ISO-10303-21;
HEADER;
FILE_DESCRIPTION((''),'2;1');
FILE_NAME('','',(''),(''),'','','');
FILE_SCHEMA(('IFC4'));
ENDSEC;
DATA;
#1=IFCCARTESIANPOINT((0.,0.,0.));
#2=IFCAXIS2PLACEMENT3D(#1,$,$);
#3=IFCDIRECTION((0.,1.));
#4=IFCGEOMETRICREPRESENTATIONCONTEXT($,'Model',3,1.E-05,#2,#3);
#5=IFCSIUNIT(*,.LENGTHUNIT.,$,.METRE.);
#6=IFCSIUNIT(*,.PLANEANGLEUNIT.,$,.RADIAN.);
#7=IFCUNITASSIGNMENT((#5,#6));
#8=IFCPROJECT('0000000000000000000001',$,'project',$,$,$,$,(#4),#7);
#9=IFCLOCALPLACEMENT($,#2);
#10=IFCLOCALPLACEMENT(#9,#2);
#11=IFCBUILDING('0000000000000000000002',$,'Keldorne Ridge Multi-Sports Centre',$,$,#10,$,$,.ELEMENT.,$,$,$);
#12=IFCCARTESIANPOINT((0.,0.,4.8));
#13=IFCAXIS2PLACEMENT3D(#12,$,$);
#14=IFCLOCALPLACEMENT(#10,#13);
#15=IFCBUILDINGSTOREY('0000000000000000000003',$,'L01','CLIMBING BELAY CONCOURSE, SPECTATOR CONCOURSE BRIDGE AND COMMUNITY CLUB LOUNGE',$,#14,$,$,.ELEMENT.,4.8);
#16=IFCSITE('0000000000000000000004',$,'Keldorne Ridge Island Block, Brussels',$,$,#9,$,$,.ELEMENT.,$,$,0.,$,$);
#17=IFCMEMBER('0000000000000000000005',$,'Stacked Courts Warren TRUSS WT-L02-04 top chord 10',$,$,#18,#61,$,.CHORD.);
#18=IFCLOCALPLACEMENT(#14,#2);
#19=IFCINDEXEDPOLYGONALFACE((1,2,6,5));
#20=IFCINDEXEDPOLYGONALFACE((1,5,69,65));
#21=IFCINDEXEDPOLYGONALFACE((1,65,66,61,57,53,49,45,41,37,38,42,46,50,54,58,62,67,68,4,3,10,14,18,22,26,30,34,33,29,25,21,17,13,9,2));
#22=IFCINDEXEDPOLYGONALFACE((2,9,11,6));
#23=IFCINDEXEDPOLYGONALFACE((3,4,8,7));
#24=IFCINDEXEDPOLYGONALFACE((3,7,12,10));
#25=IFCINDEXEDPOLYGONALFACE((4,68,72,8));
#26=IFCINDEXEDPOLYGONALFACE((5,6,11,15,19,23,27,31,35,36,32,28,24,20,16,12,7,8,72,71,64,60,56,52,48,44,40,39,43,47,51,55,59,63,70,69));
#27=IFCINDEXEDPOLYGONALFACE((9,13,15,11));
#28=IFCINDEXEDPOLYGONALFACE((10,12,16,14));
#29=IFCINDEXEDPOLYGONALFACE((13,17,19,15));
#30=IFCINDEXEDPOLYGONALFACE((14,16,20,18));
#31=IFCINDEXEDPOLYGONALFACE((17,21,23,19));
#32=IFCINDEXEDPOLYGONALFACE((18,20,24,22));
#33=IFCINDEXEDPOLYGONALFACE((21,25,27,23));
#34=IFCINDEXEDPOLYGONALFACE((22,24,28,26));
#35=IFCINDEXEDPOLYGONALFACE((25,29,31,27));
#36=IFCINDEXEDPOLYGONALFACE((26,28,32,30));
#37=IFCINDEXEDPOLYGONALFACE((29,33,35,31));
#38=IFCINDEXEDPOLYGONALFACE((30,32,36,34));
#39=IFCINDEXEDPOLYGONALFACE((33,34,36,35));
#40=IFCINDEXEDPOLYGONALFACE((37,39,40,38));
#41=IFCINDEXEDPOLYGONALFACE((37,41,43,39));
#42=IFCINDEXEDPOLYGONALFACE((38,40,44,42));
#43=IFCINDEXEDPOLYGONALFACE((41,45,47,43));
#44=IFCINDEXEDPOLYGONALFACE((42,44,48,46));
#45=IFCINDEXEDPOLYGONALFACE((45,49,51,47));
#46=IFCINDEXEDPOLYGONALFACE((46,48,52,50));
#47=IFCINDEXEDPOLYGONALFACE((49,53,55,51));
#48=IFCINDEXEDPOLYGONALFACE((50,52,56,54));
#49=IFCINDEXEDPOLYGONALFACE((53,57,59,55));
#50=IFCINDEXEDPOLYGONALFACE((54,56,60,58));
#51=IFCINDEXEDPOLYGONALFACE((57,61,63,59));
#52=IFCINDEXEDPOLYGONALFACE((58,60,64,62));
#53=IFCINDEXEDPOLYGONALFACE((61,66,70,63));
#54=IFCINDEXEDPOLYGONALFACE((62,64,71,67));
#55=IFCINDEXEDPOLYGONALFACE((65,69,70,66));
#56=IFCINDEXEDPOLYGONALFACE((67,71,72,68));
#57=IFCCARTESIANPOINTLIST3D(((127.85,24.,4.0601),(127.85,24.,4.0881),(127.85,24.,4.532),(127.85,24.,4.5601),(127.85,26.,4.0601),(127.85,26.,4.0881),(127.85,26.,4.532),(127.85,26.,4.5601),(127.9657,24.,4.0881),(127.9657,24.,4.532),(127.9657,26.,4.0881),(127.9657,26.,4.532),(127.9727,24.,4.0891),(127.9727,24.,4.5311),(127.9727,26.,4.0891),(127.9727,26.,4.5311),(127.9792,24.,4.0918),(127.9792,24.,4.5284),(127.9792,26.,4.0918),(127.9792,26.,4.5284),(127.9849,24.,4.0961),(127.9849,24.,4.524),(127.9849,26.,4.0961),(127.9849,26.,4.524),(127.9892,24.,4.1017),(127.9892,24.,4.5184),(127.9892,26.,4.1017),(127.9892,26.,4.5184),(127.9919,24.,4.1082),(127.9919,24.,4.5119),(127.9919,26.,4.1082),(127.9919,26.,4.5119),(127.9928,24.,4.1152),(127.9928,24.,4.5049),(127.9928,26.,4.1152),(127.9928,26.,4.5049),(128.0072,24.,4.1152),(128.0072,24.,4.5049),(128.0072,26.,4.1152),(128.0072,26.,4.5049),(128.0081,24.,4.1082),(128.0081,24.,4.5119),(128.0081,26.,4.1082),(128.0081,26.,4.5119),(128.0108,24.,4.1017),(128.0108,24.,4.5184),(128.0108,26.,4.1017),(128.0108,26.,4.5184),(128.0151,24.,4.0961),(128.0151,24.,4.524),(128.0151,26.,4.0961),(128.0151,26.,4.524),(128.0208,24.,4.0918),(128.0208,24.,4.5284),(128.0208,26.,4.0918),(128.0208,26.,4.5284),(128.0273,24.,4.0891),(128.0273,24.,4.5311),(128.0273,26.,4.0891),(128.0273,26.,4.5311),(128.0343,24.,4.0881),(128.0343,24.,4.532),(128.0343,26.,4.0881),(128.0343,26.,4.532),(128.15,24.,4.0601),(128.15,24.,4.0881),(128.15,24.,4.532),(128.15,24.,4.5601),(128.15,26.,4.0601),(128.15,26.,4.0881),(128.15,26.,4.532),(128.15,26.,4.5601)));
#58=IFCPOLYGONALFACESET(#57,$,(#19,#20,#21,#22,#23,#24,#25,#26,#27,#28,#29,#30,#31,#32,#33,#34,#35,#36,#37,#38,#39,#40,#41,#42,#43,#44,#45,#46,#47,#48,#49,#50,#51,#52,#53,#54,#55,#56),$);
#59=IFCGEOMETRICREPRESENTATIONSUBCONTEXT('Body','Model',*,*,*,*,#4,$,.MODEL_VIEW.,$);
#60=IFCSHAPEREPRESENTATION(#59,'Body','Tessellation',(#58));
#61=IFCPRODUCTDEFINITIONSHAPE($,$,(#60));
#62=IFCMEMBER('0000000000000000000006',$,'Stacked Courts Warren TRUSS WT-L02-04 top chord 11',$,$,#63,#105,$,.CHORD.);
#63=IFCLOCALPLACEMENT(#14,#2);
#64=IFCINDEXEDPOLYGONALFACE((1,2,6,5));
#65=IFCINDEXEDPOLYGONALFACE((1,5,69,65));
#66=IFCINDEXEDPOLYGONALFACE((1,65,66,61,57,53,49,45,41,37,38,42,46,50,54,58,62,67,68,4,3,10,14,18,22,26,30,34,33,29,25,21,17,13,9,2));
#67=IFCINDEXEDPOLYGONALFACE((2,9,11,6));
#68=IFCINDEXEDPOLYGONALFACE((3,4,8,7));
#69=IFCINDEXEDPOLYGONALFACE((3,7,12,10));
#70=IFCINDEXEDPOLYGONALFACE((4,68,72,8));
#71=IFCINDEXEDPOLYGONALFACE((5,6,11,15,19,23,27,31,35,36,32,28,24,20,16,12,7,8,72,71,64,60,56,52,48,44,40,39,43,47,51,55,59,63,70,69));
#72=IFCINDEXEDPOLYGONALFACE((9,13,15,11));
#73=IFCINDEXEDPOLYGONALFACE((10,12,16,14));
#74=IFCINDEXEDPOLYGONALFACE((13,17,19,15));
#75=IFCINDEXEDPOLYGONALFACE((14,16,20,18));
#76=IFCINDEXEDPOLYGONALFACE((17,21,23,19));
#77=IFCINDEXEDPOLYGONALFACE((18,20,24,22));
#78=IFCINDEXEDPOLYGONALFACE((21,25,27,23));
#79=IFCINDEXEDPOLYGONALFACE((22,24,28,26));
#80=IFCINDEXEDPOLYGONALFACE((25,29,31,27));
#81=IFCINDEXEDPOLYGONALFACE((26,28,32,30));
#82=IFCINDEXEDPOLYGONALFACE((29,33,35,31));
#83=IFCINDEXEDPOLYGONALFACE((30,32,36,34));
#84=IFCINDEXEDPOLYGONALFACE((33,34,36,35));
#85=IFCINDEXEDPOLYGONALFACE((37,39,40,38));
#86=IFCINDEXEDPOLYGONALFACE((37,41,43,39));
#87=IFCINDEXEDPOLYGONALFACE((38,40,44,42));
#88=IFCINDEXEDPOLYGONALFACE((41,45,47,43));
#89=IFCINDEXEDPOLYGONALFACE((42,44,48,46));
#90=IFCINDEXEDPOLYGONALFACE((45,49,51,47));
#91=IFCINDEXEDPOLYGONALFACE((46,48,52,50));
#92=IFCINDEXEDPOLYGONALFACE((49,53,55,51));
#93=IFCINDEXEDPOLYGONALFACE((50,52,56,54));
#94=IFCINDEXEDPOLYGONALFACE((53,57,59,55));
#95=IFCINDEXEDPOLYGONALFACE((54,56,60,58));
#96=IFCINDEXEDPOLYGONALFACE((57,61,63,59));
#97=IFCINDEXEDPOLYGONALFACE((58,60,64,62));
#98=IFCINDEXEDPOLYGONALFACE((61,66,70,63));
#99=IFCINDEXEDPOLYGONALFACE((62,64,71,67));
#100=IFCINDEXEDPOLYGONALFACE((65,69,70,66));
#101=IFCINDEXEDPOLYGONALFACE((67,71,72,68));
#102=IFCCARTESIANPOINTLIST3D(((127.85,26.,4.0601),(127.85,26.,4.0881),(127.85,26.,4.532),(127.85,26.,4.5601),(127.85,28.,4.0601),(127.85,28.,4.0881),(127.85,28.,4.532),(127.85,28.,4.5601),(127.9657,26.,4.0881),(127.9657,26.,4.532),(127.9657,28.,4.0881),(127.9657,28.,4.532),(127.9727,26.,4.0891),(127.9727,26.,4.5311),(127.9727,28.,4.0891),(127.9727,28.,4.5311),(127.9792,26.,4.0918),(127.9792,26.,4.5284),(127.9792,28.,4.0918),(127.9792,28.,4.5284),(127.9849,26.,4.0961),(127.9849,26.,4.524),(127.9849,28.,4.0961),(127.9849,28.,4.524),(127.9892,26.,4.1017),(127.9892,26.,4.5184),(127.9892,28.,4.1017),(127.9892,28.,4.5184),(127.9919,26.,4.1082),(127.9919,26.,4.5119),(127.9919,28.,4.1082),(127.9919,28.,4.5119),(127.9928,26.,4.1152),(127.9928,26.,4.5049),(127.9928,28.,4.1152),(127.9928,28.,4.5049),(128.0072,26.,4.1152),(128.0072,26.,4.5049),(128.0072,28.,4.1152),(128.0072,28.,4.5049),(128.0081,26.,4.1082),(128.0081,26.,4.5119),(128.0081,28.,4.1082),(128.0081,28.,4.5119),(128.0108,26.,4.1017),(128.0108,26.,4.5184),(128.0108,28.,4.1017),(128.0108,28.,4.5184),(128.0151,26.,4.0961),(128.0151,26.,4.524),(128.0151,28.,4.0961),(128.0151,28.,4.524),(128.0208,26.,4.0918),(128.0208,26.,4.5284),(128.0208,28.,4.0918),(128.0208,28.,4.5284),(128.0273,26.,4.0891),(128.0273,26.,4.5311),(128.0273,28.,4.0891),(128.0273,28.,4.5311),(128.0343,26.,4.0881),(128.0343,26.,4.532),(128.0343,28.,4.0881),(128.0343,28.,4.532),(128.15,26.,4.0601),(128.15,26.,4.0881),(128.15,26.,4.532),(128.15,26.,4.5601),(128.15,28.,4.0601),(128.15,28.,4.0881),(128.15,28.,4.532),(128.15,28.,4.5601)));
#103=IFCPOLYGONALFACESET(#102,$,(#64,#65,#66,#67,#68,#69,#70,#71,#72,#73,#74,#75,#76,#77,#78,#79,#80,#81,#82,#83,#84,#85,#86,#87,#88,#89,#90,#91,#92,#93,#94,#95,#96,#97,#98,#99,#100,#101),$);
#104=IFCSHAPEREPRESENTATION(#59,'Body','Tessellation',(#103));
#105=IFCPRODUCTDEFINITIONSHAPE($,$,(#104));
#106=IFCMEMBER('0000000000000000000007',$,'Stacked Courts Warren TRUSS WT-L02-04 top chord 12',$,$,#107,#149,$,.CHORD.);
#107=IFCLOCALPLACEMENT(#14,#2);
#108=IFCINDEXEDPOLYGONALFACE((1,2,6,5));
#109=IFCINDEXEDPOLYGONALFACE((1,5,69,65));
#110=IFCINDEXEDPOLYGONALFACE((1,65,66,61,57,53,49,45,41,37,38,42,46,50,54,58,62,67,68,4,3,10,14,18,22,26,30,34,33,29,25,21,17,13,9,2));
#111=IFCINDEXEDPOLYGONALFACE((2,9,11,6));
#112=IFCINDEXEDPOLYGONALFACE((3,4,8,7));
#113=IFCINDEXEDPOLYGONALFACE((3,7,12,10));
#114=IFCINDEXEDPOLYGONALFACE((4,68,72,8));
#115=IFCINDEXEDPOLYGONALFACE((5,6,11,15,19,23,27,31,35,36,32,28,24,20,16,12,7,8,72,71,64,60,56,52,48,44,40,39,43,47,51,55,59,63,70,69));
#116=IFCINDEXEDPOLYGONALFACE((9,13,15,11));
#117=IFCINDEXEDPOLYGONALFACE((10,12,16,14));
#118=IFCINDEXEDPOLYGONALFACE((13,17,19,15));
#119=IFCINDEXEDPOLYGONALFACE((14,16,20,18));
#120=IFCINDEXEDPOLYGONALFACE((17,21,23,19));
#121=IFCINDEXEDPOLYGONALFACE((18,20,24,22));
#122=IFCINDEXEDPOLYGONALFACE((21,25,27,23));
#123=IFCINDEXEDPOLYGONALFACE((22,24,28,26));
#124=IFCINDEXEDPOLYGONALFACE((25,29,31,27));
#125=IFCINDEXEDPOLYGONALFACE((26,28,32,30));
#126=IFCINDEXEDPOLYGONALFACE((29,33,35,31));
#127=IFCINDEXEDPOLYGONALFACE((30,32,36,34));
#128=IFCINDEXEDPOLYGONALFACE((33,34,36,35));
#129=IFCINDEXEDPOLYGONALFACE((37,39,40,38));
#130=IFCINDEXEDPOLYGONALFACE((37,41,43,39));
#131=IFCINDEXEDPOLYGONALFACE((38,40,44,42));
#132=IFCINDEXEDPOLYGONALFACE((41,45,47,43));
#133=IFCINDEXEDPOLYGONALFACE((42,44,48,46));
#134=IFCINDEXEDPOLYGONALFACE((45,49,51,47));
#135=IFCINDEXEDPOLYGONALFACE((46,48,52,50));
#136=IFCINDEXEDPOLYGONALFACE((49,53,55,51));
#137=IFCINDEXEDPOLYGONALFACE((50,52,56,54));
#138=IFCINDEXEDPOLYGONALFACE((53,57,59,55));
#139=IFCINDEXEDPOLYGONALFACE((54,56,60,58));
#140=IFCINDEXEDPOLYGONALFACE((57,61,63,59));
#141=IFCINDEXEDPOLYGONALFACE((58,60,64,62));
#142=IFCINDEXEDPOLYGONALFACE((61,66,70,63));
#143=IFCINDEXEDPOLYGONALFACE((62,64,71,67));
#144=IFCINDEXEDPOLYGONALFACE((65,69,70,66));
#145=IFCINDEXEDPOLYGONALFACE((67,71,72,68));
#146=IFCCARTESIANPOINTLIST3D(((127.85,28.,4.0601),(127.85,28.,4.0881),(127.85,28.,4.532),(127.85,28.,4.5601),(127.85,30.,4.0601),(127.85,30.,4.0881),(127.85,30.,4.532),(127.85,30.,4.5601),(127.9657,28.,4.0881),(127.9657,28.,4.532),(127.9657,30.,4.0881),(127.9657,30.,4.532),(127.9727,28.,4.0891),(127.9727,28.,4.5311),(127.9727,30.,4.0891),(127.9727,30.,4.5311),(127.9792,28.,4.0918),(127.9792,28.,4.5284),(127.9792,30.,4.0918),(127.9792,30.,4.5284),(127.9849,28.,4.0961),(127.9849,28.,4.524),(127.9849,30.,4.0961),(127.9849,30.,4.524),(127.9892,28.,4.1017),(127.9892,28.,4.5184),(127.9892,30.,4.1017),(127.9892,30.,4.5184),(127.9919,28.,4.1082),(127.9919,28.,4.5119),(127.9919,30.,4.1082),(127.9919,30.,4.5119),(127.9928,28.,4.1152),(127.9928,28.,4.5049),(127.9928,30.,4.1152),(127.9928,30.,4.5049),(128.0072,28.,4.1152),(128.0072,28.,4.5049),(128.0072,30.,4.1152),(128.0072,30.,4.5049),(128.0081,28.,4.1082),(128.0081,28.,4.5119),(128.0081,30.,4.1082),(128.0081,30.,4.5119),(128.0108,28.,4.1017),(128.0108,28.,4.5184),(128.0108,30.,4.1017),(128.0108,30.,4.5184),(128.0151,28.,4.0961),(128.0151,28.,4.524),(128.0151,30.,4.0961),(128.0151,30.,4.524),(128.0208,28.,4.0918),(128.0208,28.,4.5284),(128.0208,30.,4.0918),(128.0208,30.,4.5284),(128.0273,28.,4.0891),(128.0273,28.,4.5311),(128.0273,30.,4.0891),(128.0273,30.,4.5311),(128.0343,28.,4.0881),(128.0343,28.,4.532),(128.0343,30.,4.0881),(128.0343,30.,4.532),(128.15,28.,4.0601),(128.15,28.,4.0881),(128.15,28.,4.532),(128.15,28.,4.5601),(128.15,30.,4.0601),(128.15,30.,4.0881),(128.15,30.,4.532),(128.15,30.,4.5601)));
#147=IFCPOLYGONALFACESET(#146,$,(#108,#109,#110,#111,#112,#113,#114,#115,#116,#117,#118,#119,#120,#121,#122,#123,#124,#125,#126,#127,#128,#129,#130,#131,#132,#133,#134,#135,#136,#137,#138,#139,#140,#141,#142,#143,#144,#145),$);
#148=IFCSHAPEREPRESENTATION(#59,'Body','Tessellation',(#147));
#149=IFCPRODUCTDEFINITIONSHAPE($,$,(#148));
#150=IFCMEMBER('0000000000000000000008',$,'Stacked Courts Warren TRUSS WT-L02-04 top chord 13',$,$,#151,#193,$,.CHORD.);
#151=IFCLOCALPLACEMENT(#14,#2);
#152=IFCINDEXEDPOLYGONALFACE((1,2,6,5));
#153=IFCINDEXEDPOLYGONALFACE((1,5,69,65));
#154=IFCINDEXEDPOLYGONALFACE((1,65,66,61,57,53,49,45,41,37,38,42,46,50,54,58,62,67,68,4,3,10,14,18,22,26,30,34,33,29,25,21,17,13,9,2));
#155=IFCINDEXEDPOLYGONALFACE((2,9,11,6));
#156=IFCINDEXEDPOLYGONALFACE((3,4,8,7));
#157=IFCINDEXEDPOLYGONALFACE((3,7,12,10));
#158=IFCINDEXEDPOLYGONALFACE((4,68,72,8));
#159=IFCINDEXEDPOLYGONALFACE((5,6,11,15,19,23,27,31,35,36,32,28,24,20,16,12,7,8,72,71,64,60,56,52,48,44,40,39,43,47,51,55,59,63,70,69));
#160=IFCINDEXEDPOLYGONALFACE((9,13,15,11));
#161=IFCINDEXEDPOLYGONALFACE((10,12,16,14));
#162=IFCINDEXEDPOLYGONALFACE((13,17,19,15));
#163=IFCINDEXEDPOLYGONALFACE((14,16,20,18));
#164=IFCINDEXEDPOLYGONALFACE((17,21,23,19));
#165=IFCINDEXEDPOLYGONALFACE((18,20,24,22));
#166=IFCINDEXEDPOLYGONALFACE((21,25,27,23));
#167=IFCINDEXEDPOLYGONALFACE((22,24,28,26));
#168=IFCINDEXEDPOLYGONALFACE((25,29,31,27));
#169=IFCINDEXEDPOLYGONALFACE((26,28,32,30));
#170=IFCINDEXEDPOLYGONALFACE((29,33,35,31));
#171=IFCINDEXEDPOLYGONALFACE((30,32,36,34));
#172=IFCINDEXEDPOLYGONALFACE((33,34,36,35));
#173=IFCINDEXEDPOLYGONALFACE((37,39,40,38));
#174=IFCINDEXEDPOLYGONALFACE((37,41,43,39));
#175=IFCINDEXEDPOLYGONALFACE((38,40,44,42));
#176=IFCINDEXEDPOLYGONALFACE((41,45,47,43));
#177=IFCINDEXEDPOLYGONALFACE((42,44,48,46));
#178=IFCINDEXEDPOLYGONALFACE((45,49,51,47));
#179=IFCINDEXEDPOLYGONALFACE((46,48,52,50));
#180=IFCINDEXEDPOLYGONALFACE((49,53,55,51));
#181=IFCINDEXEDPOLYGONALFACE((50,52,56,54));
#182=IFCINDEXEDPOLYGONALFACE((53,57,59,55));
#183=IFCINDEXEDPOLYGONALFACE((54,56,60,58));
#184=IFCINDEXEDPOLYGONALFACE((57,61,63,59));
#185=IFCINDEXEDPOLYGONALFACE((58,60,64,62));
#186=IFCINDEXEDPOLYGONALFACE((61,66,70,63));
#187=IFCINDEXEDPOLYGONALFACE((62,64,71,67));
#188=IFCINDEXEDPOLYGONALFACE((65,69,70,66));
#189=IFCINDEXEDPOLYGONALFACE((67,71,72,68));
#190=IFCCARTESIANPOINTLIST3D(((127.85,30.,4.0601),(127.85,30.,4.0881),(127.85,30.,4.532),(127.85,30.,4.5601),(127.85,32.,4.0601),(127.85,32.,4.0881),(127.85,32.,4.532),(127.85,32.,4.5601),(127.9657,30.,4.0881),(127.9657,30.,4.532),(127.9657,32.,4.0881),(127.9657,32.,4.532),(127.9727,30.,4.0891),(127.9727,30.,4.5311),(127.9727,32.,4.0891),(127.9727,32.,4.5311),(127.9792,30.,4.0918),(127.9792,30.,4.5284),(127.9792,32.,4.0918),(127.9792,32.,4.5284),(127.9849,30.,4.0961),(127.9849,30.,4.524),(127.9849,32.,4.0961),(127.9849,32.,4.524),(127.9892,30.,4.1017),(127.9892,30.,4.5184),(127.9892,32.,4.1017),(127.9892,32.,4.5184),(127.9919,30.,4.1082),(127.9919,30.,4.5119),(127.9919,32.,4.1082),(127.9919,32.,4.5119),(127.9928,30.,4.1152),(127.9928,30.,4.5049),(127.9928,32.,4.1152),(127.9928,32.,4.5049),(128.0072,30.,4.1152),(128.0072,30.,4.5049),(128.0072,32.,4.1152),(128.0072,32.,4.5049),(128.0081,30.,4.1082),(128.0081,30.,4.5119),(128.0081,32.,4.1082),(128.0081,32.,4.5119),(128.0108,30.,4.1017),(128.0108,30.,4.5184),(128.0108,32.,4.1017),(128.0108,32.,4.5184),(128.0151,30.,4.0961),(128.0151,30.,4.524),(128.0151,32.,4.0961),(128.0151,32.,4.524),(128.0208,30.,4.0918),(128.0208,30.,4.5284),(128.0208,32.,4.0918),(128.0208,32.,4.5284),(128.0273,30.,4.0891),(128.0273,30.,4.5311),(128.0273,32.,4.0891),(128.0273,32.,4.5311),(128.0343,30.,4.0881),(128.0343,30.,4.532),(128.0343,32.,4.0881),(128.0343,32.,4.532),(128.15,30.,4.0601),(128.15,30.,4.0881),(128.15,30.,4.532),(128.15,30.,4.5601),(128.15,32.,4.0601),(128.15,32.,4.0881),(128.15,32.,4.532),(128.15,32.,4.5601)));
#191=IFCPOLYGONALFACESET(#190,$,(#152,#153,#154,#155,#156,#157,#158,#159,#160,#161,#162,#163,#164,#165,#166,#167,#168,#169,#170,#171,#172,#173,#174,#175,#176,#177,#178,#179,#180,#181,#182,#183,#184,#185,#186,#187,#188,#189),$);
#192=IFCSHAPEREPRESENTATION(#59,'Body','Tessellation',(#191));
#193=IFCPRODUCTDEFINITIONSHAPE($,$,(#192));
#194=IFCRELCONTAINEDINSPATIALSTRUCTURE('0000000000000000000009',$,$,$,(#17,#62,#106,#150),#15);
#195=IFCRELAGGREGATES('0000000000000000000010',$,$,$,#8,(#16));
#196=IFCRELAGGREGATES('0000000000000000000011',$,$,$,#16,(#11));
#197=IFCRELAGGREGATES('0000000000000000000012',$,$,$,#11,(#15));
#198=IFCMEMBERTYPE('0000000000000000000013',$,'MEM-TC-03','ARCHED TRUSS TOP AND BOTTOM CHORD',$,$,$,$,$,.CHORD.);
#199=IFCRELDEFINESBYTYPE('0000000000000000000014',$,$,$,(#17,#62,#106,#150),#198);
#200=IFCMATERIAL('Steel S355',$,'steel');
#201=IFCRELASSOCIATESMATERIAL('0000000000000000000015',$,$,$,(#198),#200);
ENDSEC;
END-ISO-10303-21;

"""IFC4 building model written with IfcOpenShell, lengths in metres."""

from ifc_helpers import new_model, si_unit, direction, frame, origin, origin_2d, place, context, subcontext, project, spatial, i_section, extrude, material, material_profile, profile_set, type_object, element, save


model = new_model("IFC4")

# Units and contexts
model_context = context("Model", 3, precision=1e-05, world=origin(), true_north=direction((0.0, 1.0)))
body_context = subcontext(model_context, "Body", "Model", "MODEL_VIEW")
ifc_project = project(units=[si_unit("LENGTHUNIT", "METRE"), si_unit("PLANEANGLEUNIT", "RADIAN")], contexts=[model_context])

# Site, building, storey
site_placement = place(None, origin())
site = spatial("IfcSite", under=ifc_project, at=site_placement, Name="Keldorne Ridge Island Block, Brussels", CompositionType="ELEMENT", RefElevation=0.0)
building_placement = place(site_placement, origin())
building = spatial("IfcBuilding", under=site, at=building_placement, Name="Keldorne Ridge Multi-Sports Centre", CompositionType="ELEMENT")
storey_placement = place(building_placement, frame((0.0, 0.0, 4.8)))
storey = spatial("IfcBuildingStorey", under=building, at=storey_placement, Name="L01", Description="CLIMBING BELAY CONCOURSE, SPECTATOR CONCOURSE BRIDGE AND COMMUNITY CLUB LOUNGE", CompositionType="ELEMENT", Elevation=4.8)

# Members
ifc_material = material(Name="Steel S355", Category="steel")
ifc_material_profile_1 = material_profile(ifc_material, i_section(OverallWidth=0.3, OverallDepth=0.5, WebThickness=0.0144, FlangeThickness=0.0281, FilletRadius=0.0271, at=origin_2d()), Name="HEB 500")
ifc_profile_set_1 = profile_set([ifc_material_profile_1], Name="Steel S355")
member_type_1 = type_object("IfcMemberType", Name="MEM-TC-03", Description="ARCHED TRUSS TOP AND BOTTOM CHORD", PredefinedType="CHORD", material=ifc_profile_set_1)
for number, where, z_axis, x_axis, name in (
    (1, (128.0, 24.0, 4.3101), (0.0, 1.0, 0.0), (-1.0, 0.0, 0.0), "Stacked Courts Warren TRUSS WT-L02-04 top chord 10"),
    (2, (128.0, 26.0, 4.3101), (0.0, 1.0, 0.0), (-1.0, 0.0, 0.0), "Stacked Courts Warren TRUSS WT-L02-04 top chord 11"),
    (3, (128.0, 28.0, 4.3101), (0.0, 1.0, 0.0), (-1.0, 0.0, 0.0), "Stacked Courts Warren TRUSS WT-L02-04 top chord 12"),
    (4, (128.0, 30.0, 4.3101), (0.0, 1.0, 0.0), (-1.0, 0.0, 0.0), "Stacked Courts Warren TRUSS WT-L02-04 top chord 13"),
):
    element("IfcMember", number, at=place(storey_placement, frame(where, z_axis=z_axis, x_axis=x_axis)), inside=storey, type_object=member_type_1, Name=name, PredefinedType="CHORD", context=body_context, shape_type="SweptSolid", body=[
        extrude(i_section(OverallWidth=0.3, OverallDepth=0.5, WebThickness=0.0144, FlangeThickness=0.0281, FilletRadius=0.0271, at=origin_2d()), origin(), (0.0, 0.0, 1.0), 2.0),
    ])

save(model, "model.ifc")
